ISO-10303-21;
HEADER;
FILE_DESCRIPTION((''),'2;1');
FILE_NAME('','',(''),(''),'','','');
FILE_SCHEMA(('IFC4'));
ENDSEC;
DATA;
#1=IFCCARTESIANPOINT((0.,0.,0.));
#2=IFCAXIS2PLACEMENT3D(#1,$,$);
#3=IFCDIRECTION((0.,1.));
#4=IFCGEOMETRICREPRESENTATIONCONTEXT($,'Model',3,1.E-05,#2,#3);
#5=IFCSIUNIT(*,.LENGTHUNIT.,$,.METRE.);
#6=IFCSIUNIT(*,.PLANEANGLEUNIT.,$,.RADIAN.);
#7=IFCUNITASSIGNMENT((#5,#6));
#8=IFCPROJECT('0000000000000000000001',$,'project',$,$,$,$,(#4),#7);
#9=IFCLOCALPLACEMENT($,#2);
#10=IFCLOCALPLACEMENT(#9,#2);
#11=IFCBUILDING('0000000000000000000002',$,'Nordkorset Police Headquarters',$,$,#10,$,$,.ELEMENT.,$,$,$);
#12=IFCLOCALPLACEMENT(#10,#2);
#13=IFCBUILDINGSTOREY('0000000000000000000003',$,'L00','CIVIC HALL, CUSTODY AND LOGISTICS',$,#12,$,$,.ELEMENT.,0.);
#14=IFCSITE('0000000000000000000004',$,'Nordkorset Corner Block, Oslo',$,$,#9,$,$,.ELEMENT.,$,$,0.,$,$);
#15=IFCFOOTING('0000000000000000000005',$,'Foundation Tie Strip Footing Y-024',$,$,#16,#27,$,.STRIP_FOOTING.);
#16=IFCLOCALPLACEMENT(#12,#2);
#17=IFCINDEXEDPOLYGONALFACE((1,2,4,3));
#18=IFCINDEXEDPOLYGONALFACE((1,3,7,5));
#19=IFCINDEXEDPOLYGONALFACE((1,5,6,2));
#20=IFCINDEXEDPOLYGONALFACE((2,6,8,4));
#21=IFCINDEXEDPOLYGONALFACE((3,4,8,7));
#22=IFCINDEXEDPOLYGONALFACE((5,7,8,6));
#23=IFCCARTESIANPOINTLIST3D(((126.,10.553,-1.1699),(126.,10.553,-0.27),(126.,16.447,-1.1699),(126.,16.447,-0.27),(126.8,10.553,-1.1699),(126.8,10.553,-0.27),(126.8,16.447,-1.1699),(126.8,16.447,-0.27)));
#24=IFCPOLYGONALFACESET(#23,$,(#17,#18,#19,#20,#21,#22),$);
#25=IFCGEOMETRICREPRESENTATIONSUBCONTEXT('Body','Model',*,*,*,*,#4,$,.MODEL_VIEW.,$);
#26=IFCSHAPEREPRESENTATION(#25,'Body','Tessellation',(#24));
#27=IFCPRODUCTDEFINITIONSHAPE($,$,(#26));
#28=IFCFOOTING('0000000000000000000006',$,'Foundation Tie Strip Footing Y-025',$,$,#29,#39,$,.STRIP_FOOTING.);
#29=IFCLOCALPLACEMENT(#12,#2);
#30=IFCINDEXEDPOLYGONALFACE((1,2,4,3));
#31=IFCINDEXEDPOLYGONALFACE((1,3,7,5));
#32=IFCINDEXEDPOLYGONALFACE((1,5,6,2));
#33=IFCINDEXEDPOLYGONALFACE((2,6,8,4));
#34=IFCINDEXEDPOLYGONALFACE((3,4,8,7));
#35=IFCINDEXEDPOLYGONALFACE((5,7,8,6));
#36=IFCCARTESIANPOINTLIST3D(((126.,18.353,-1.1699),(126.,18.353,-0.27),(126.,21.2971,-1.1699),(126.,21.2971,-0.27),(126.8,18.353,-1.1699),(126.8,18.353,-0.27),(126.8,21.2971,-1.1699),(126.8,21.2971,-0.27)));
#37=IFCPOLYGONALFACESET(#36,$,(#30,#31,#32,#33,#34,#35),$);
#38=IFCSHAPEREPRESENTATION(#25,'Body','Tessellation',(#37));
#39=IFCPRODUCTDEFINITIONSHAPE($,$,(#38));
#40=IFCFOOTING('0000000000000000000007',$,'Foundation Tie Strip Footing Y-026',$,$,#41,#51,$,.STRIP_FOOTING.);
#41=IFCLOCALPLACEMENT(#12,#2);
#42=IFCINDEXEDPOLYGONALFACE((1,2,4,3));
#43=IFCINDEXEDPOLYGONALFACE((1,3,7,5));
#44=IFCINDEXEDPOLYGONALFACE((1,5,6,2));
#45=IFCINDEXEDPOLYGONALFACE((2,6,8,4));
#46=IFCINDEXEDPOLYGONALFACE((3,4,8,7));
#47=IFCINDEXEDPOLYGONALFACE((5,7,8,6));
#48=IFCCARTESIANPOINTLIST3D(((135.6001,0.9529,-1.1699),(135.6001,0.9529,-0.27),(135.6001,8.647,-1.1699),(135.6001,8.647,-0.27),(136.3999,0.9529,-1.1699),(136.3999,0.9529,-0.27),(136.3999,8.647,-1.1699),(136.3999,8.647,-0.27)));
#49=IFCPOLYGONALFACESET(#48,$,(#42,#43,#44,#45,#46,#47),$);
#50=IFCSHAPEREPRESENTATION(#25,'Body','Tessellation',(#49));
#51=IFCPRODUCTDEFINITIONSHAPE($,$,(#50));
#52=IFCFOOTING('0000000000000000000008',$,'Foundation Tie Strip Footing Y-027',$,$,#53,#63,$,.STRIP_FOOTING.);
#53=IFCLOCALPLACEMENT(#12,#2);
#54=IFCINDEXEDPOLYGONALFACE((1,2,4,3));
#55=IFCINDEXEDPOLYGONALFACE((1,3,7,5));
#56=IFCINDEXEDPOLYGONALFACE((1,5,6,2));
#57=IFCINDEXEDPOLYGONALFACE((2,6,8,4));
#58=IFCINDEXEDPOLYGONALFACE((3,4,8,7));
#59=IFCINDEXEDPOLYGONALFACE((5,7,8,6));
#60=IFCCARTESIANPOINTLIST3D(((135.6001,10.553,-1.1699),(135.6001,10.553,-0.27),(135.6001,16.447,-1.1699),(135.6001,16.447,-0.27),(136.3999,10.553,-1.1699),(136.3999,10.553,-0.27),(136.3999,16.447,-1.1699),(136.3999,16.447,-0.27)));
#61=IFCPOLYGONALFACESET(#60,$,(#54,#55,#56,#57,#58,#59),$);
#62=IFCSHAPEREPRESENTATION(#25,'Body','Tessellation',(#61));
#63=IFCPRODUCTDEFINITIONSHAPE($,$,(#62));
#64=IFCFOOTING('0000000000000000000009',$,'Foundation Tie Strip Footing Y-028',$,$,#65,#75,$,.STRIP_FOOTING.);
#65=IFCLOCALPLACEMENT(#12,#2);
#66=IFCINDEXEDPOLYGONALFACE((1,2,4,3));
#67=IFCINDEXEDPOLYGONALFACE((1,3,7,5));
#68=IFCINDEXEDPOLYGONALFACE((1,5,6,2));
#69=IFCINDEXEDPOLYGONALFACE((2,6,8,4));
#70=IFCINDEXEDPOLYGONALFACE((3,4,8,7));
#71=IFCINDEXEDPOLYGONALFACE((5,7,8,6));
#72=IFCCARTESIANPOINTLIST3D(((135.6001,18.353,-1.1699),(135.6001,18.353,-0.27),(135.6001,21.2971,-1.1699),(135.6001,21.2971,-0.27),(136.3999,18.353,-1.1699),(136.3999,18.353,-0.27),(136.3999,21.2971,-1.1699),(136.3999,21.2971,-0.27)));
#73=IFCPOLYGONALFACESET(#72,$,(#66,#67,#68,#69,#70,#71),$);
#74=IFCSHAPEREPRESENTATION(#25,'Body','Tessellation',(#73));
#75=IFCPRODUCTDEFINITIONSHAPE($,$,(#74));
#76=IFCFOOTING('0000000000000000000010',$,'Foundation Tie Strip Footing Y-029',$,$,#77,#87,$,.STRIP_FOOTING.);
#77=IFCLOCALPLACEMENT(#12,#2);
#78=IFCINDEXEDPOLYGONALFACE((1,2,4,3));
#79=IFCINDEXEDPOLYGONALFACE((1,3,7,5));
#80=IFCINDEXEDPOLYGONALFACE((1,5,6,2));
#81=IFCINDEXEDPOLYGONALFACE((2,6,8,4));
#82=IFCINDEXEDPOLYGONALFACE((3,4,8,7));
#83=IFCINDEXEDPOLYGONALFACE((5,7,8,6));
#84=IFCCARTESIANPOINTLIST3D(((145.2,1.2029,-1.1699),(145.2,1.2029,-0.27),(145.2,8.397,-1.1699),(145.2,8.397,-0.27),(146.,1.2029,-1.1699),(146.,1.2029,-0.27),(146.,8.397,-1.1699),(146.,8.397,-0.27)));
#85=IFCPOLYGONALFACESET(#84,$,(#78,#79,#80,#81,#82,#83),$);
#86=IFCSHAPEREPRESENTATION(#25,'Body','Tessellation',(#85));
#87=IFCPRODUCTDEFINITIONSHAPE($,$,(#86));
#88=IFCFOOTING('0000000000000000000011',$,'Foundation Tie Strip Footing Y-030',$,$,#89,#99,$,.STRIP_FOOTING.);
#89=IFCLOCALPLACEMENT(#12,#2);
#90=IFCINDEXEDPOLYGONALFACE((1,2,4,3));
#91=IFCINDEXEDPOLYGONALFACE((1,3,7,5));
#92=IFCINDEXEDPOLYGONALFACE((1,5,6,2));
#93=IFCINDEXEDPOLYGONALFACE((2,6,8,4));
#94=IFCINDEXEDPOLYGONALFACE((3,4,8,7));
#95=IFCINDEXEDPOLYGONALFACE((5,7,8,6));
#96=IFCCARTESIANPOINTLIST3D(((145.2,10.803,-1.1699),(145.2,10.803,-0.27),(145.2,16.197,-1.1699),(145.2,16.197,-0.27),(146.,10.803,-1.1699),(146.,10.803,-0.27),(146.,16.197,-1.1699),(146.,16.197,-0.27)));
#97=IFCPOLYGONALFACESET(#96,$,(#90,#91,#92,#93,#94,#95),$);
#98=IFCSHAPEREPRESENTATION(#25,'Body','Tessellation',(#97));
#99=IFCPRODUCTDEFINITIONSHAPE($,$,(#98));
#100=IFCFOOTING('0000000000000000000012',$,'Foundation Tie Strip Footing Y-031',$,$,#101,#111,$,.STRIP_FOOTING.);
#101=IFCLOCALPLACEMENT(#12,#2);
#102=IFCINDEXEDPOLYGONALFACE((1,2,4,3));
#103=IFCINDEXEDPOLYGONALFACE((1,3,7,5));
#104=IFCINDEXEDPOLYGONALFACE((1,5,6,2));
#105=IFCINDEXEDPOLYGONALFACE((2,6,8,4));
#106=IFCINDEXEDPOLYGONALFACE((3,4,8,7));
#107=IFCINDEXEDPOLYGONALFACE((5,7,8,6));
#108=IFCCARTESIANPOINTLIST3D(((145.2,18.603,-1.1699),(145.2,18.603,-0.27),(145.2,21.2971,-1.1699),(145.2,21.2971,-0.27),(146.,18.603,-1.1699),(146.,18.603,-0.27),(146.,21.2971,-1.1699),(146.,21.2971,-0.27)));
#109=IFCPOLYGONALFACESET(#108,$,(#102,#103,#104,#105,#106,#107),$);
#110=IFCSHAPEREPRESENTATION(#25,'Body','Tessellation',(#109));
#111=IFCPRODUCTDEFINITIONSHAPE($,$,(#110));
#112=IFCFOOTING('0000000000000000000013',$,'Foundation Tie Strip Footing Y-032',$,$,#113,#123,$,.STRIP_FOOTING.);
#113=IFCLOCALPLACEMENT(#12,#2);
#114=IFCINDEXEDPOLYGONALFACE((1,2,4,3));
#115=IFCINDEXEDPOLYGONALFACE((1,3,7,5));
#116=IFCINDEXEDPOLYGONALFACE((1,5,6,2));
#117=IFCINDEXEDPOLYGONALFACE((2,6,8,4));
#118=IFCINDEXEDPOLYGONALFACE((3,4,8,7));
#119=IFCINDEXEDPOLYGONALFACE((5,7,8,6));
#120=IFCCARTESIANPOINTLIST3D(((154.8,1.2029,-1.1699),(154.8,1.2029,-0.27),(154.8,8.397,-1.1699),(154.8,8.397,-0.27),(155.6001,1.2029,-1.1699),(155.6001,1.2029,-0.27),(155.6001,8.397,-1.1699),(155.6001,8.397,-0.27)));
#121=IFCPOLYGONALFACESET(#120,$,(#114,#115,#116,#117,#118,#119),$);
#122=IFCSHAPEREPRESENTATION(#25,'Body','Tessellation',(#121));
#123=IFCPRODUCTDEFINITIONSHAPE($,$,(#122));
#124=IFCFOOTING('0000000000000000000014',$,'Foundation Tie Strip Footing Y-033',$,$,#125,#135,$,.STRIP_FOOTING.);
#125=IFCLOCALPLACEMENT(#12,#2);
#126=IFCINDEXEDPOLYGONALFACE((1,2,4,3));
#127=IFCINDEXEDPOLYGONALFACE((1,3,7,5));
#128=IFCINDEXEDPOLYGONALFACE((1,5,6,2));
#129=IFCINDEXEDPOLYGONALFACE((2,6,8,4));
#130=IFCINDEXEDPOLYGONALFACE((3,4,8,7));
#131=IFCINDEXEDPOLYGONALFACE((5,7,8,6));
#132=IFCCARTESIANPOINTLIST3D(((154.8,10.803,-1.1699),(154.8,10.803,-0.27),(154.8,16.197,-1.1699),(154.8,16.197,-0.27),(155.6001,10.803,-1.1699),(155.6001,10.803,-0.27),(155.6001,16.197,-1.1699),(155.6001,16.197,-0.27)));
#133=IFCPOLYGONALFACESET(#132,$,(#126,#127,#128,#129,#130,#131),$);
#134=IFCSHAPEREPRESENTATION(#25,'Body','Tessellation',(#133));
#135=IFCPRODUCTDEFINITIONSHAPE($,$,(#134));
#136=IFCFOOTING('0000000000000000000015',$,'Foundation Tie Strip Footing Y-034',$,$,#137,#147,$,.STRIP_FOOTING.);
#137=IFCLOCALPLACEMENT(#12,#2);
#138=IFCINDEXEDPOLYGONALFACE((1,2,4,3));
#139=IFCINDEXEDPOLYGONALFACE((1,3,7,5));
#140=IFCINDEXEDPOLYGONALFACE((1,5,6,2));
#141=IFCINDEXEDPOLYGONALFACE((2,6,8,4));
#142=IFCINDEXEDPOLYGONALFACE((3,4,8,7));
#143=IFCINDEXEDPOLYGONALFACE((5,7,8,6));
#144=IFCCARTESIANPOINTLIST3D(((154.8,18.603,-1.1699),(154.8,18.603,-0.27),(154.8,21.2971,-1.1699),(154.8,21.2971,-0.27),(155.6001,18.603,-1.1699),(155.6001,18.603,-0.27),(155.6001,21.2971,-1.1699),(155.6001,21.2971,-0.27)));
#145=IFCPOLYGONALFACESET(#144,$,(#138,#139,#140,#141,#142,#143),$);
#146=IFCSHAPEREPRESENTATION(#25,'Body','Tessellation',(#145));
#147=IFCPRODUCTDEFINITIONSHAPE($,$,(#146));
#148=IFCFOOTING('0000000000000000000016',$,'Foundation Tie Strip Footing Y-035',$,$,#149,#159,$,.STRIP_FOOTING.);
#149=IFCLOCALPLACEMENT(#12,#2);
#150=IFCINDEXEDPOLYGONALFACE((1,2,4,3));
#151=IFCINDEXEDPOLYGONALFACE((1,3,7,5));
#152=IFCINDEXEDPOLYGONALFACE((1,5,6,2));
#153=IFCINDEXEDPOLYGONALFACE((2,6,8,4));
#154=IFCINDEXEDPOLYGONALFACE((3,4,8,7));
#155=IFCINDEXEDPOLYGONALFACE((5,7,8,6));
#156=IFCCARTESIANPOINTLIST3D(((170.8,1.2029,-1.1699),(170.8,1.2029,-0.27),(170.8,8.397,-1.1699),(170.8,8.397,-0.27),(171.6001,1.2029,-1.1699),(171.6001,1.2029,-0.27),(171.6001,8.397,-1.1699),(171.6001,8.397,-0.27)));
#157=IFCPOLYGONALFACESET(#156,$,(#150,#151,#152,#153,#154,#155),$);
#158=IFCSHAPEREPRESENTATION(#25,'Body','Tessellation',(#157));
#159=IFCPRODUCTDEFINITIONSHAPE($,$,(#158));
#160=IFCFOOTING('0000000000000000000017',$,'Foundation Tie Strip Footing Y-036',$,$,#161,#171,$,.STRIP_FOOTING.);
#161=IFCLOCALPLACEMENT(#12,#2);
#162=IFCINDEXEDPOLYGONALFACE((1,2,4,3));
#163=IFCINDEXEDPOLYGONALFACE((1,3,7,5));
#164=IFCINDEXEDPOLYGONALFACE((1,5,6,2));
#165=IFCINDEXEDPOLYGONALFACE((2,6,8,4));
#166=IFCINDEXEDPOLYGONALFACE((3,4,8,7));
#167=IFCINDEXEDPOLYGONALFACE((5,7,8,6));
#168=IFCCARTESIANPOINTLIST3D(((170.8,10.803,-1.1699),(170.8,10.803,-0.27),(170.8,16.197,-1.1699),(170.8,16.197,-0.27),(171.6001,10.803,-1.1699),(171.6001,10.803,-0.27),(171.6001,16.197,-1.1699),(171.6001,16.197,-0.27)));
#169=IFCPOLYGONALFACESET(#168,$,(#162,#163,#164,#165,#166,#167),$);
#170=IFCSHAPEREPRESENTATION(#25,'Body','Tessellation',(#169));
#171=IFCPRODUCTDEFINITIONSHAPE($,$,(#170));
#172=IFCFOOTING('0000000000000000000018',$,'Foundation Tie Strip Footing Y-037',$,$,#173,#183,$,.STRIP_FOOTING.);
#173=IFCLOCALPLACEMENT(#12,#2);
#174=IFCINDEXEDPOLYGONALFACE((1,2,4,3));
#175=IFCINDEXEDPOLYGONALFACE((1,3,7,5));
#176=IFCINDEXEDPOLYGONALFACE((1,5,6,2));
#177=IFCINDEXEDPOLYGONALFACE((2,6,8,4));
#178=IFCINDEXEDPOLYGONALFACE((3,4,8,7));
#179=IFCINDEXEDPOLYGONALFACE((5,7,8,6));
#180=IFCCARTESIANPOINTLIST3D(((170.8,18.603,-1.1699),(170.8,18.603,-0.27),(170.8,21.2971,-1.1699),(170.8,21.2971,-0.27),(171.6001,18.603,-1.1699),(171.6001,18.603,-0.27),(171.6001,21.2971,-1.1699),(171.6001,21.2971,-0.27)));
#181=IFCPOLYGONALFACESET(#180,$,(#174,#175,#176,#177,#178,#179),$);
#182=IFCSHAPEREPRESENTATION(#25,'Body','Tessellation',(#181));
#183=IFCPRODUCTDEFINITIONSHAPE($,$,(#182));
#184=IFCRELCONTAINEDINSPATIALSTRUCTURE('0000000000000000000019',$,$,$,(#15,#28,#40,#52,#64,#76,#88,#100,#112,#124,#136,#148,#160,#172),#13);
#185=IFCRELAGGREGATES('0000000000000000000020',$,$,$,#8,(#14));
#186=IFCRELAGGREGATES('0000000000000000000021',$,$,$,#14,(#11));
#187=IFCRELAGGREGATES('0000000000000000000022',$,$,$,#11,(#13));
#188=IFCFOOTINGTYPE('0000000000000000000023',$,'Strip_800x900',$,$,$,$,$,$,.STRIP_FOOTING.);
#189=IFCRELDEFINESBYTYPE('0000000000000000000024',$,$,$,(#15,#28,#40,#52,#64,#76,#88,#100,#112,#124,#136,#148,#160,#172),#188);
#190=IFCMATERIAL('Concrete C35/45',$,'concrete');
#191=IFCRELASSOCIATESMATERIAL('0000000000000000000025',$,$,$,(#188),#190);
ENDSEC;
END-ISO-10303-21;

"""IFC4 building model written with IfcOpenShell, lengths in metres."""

from ifc_helpers import new_model, si_unit, direction, frame, origin, place, context, subcontext, project, spatial, polyline, outline, extrude, material, type_object, element, save


model = new_model("IFC4")

# Units and contexts
model_context = context("Model", 3, precision=1e-05, world=origin(), true_north=direction((0.0, 1.0)))
body_context = subcontext(model_context, "Body", "Model", "MODEL_VIEW")
ifc_project = project(units=[si_unit("LENGTHUNIT", "METRE"), si_unit("PLANEANGLEUNIT", "RADIAN")], contexts=[model_context])

# Site, building, storey
site_placement = place(None, origin())
site = spatial("IfcSite", under=ifc_project, at=site_placement, Name="Nordkorset Corner Block, Oslo", CompositionType="ELEMENT", RefElevation=0.0)
building_placement = place(site_placement, origin())
building = spatial("IfcBuilding", under=site, at=building_placement, Name="Nordkorset Police Headquarters", CompositionType="ELEMENT")
storey_placement = place(building_placement, origin())
storey = spatial("IfcBuildingStorey", under=building, at=storey_placement, Name="L00", Description="CIVIC HALL, CUSTODY AND LOGISTICS", CompositionType="ELEMENT", Elevation=0.0)

# Footings
ifc_material_1 = material(Name="Concrete C35/45", Category="concrete")
footing_type = type_object("IfcFootingType", Name="Strip_800x900", PredefinedType="STRIP_FOOTING", material=ifc_material_1)
footing_1_placement = place(storey_placement, frame((0.0, 0.0, -1.1699)))
element("IfcFooting", 1, at=footing_1_placement, inside=storey, type_object=footing_type, Name="Foundation Tie Strip Footing Y-024", PredefinedType="STRIP_FOOTING", context=body_context, shape_type="SweptSolid", body=[
    extrude(outline(polyline([(126.0, 10.553), (126.8, 10.553), (126.8, 16.447), (126.0, 16.447), (126.0, 10.553)])), origin(), (0.0, 0.0, 1.0), 0.8999),
])
footing_2_placement = place(storey_placement, frame((0.0, 0.0, -1.1699)))
element("IfcFooting", 2, at=footing_2_placement, inside=storey, type_object=footing_type, Name="Foundation Tie Strip Footing Y-025", PredefinedType="STRIP_FOOTING", context=body_context, shape_type="SweptSolid", body=[
    extrude(outline(polyline([(126.0, 18.353), (126.8, 18.353), (126.8, 21.2971), (126.0, 21.2971), (126.0, 18.353)])), origin(), (0.0, 0.0, 1.0), 0.8999),
])
footing_3_placement = place(storey_placement, frame((0.0, 0.0, -1.1699)))
element("IfcFooting", 3, at=footing_3_placement, inside=storey, type_object=footing_type, Name="Foundation Tie Strip Footing Y-026", PredefinedType="STRIP_FOOTING", context=body_context, shape_type="SweptSolid", body=[
    extrude(outline(polyline([(135.6001, 0.9529), (136.3999, 0.9529), (136.3999, 8.647), (135.6001, 8.647), (135.6001, 0.9529)])), origin(), (0.0, 0.0, 1.0), 0.8999),
])
footing_4_placement = place(storey_placement, frame((0.0, 0.0, -1.1699)))
element("IfcFooting", 4, at=footing_4_placement, inside=storey, type_object=footing_type, Name="Foundation Tie Strip Footing Y-027", PredefinedType="STRIP_FOOTING", context=body_context, shape_type="SweptSolid", body=[
    extrude(outline(polyline([(135.6001, 10.553), (136.3999, 10.553), (136.3999, 16.447), (135.6001, 16.447), (135.6001, 10.553)])), origin(), (0.0, 0.0, 1.0), 0.8999),
])
footing_5_placement = place(storey_placement, frame((0.0, 0.0, -1.1699)))
element("IfcFooting", 5, at=footing_5_placement, inside=storey, type_object=footing_type, Name="Foundation Tie Strip Footing Y-028", PredefinedType="STRIP_FOOTING", context=body_context, shape_type="SweptSolid", body=[
    extrude(outline(polyline([(135.6001, 18.353), (136.3999, 18.353), (136.3999, 21.2971), (135.6001, 21.2971), (135.6001, 18.353)])), origin(), (0.0, 0.0, 1.0), 0.8999),
])
footing_6_placement = place(storey_placement, frame((0.0, 0.0, -1.1699)))
element("IfcFooting", 6, at=footing_6_placement, inside=storey, type_object=footing_type, Name="Foundation Tie Strip Footing Y-029", PredefinedType="STRIP_FOOTING", context=body_context, shape_type="SweptSolid", body=[
    extrude(outline(polyline([(145.2, 1.2029), (146.0, 1.2029), (146.0, 8.397), (145.2, 8.397), (145.2, 1.2029)])), origin(), (0.0, 0.0, 1.0), 0.8999),
])
footing_7_placement = place(storey_placement, frame((0.0, 0.0, -1.1699)))
element("IfcFooting", 7, at=footing_7_placement, inside=storey, type_object=footing_type, Name="Foundation Tie Strip Footing Y-030", PredefinedType="STRIP_FOOTING", context=body_context, shape_type="SweptSolid", body=[
    extrude(outline(polyline([(145.2, 10.803), (146.0, 10.803), (146.0, 16.197), (145.2, 16.197), (145.2, 10.803)])), origin(), (0.0, 0.0, 1.0), 0.8999),
])
footing_8_placement = place(storey_placement, frame((0.0, 0.0, -1.1699)))
element("IfcFooting", 8, at=footing_8_placement, inside=storey, type_object=footing_type, Name="Foundation Tie Strip Footing Y-031", PredefinedType="STRIP_FOOTING", context=body_context, shape_type="SweptSolid", body=[
    extrude(outline(polyline([(145.2, 18.603), (146.0, 18.603), (146.0, 21.2971), (145.2, 21.2971), (145.2, 18.603)])), origin(), (0.0, 0.0, 1.0), 0.8999),
])
footing_9_placement = place(storey_placement, frame((0.0, 0.0, -1.1699)))
element("IfcFooting", 9, at=footing_9_placement, inside=storey, type_object=footing_type, Name="Foundation Tie Strip Footing Y-032", PredefinedType="STRIP_FOOTING", context=body_context, shape_type="SweptSolid", body=[
    extrude(outline(polyline([(154.8, 1.2029), (155.6001, 1.2029), (155.6001, 8.397), (154.8, 8.397), (154.8, 1.2029)])), origin(), (0.0, 0.0, 1.0), 0.8999),
])
footing_10_placement = place(storey_placement, frame((0.0, 0.0, -1.1699)))
element("IfcFooting", 10, at=footing_10_placement, inside=storey, type_object=footing_type, Name="Foundation Tie Strip Footing Y-033", PredefinedType="STRIP_FOOTING", context=body_context, shape_type="SweptSolid", body=[
    extrude(outline(polyline([(154.8, 10.803), (155.6001, 10.803), (155.6001, 16.197), (154.8, 16.197), (154.8, 10.803)])), origin(), (0.0, 0.0, 1.0), 0.8999),
])
footing_11_placement = place(storey_placement, frame((0.0, 0.0, -1.1699)))
element("IfcFooting", 11, at=footing_11_placement, inside=storey, type_object=footing_type, Name="Foundation Tie Strip Footing Y-034", PredefinedType="STRIP_FOOTING", context=body_context, shape_type="SweptSolid", body=[
    extrude(outline(polyline([(154.8, 18.603), (155.6001, 18.603), (155.6001, 21.2971), (154.8, 21.2971), (154.8, 18.603)])), origin(), (0.0, 0.0, 1.0), 0.8999),
])
footing_12_placement = place(storey_placement, frame((0.0, 0.0, -1.1699)))
element("IfcFooting", 12, at=footing_12_placement, inside=storey, type_object=footing_type, Name="Foundation Tie Strip Footing Y-035", PredefinedType="STRIP_FOOTING", context=body_context, shape_type="SweptSolid", body=[
    extrude(outline(polyline([(170.8, 1.2029), (171.6001, 1.2029), (171.6001, 8.397), (170.8, 8.397), (170.8, 1.2029)])), origin(), (0.0, 0.0, 1.0), 0.8999),
])
footing_13_placement = place(storey_placement, frame((0.0, 0.0, -1.1699)))
element("IfcFooting", 13, at=footing_13_placement, inside=storey, type_object=footing_type, Name="Foundation Tie Strip Footing Y-036", PredefinedType="STRIP_FOOTING", context=body_context, shape_type="SweptSolid", body=[
    extrude(outline(polyline([(170.8, 10.803), (171.6001, 10.803), (171.6001, 16.197), (170.8, 16.197), (170.8, 10.803)])), origin(), (0.0, 0.0, 1.0), 0.8999),
])
footing_14_placement = place(storey_placement, frame((0.0, 0.0, -1.1699)))
element("IfcFooting", 14, at=footing_14_placement, inside=storey, type_object=footing_type, Name="Foundation Tie Strip Footing Y-037", PredefinedType="STRIP_FOOTING", context=body_context, shape_type="SweptSolid", body=[
    extrude(outline(polyline([(170.8, 18.603), (171.6001, 18.603), (171.6001, 21.2971), (170.8, 21.2971), (170.8, 18.603)])), origin(), (0.0, 0.0, 1.0), 0.8999),
])

save(model, "model.ifc")
